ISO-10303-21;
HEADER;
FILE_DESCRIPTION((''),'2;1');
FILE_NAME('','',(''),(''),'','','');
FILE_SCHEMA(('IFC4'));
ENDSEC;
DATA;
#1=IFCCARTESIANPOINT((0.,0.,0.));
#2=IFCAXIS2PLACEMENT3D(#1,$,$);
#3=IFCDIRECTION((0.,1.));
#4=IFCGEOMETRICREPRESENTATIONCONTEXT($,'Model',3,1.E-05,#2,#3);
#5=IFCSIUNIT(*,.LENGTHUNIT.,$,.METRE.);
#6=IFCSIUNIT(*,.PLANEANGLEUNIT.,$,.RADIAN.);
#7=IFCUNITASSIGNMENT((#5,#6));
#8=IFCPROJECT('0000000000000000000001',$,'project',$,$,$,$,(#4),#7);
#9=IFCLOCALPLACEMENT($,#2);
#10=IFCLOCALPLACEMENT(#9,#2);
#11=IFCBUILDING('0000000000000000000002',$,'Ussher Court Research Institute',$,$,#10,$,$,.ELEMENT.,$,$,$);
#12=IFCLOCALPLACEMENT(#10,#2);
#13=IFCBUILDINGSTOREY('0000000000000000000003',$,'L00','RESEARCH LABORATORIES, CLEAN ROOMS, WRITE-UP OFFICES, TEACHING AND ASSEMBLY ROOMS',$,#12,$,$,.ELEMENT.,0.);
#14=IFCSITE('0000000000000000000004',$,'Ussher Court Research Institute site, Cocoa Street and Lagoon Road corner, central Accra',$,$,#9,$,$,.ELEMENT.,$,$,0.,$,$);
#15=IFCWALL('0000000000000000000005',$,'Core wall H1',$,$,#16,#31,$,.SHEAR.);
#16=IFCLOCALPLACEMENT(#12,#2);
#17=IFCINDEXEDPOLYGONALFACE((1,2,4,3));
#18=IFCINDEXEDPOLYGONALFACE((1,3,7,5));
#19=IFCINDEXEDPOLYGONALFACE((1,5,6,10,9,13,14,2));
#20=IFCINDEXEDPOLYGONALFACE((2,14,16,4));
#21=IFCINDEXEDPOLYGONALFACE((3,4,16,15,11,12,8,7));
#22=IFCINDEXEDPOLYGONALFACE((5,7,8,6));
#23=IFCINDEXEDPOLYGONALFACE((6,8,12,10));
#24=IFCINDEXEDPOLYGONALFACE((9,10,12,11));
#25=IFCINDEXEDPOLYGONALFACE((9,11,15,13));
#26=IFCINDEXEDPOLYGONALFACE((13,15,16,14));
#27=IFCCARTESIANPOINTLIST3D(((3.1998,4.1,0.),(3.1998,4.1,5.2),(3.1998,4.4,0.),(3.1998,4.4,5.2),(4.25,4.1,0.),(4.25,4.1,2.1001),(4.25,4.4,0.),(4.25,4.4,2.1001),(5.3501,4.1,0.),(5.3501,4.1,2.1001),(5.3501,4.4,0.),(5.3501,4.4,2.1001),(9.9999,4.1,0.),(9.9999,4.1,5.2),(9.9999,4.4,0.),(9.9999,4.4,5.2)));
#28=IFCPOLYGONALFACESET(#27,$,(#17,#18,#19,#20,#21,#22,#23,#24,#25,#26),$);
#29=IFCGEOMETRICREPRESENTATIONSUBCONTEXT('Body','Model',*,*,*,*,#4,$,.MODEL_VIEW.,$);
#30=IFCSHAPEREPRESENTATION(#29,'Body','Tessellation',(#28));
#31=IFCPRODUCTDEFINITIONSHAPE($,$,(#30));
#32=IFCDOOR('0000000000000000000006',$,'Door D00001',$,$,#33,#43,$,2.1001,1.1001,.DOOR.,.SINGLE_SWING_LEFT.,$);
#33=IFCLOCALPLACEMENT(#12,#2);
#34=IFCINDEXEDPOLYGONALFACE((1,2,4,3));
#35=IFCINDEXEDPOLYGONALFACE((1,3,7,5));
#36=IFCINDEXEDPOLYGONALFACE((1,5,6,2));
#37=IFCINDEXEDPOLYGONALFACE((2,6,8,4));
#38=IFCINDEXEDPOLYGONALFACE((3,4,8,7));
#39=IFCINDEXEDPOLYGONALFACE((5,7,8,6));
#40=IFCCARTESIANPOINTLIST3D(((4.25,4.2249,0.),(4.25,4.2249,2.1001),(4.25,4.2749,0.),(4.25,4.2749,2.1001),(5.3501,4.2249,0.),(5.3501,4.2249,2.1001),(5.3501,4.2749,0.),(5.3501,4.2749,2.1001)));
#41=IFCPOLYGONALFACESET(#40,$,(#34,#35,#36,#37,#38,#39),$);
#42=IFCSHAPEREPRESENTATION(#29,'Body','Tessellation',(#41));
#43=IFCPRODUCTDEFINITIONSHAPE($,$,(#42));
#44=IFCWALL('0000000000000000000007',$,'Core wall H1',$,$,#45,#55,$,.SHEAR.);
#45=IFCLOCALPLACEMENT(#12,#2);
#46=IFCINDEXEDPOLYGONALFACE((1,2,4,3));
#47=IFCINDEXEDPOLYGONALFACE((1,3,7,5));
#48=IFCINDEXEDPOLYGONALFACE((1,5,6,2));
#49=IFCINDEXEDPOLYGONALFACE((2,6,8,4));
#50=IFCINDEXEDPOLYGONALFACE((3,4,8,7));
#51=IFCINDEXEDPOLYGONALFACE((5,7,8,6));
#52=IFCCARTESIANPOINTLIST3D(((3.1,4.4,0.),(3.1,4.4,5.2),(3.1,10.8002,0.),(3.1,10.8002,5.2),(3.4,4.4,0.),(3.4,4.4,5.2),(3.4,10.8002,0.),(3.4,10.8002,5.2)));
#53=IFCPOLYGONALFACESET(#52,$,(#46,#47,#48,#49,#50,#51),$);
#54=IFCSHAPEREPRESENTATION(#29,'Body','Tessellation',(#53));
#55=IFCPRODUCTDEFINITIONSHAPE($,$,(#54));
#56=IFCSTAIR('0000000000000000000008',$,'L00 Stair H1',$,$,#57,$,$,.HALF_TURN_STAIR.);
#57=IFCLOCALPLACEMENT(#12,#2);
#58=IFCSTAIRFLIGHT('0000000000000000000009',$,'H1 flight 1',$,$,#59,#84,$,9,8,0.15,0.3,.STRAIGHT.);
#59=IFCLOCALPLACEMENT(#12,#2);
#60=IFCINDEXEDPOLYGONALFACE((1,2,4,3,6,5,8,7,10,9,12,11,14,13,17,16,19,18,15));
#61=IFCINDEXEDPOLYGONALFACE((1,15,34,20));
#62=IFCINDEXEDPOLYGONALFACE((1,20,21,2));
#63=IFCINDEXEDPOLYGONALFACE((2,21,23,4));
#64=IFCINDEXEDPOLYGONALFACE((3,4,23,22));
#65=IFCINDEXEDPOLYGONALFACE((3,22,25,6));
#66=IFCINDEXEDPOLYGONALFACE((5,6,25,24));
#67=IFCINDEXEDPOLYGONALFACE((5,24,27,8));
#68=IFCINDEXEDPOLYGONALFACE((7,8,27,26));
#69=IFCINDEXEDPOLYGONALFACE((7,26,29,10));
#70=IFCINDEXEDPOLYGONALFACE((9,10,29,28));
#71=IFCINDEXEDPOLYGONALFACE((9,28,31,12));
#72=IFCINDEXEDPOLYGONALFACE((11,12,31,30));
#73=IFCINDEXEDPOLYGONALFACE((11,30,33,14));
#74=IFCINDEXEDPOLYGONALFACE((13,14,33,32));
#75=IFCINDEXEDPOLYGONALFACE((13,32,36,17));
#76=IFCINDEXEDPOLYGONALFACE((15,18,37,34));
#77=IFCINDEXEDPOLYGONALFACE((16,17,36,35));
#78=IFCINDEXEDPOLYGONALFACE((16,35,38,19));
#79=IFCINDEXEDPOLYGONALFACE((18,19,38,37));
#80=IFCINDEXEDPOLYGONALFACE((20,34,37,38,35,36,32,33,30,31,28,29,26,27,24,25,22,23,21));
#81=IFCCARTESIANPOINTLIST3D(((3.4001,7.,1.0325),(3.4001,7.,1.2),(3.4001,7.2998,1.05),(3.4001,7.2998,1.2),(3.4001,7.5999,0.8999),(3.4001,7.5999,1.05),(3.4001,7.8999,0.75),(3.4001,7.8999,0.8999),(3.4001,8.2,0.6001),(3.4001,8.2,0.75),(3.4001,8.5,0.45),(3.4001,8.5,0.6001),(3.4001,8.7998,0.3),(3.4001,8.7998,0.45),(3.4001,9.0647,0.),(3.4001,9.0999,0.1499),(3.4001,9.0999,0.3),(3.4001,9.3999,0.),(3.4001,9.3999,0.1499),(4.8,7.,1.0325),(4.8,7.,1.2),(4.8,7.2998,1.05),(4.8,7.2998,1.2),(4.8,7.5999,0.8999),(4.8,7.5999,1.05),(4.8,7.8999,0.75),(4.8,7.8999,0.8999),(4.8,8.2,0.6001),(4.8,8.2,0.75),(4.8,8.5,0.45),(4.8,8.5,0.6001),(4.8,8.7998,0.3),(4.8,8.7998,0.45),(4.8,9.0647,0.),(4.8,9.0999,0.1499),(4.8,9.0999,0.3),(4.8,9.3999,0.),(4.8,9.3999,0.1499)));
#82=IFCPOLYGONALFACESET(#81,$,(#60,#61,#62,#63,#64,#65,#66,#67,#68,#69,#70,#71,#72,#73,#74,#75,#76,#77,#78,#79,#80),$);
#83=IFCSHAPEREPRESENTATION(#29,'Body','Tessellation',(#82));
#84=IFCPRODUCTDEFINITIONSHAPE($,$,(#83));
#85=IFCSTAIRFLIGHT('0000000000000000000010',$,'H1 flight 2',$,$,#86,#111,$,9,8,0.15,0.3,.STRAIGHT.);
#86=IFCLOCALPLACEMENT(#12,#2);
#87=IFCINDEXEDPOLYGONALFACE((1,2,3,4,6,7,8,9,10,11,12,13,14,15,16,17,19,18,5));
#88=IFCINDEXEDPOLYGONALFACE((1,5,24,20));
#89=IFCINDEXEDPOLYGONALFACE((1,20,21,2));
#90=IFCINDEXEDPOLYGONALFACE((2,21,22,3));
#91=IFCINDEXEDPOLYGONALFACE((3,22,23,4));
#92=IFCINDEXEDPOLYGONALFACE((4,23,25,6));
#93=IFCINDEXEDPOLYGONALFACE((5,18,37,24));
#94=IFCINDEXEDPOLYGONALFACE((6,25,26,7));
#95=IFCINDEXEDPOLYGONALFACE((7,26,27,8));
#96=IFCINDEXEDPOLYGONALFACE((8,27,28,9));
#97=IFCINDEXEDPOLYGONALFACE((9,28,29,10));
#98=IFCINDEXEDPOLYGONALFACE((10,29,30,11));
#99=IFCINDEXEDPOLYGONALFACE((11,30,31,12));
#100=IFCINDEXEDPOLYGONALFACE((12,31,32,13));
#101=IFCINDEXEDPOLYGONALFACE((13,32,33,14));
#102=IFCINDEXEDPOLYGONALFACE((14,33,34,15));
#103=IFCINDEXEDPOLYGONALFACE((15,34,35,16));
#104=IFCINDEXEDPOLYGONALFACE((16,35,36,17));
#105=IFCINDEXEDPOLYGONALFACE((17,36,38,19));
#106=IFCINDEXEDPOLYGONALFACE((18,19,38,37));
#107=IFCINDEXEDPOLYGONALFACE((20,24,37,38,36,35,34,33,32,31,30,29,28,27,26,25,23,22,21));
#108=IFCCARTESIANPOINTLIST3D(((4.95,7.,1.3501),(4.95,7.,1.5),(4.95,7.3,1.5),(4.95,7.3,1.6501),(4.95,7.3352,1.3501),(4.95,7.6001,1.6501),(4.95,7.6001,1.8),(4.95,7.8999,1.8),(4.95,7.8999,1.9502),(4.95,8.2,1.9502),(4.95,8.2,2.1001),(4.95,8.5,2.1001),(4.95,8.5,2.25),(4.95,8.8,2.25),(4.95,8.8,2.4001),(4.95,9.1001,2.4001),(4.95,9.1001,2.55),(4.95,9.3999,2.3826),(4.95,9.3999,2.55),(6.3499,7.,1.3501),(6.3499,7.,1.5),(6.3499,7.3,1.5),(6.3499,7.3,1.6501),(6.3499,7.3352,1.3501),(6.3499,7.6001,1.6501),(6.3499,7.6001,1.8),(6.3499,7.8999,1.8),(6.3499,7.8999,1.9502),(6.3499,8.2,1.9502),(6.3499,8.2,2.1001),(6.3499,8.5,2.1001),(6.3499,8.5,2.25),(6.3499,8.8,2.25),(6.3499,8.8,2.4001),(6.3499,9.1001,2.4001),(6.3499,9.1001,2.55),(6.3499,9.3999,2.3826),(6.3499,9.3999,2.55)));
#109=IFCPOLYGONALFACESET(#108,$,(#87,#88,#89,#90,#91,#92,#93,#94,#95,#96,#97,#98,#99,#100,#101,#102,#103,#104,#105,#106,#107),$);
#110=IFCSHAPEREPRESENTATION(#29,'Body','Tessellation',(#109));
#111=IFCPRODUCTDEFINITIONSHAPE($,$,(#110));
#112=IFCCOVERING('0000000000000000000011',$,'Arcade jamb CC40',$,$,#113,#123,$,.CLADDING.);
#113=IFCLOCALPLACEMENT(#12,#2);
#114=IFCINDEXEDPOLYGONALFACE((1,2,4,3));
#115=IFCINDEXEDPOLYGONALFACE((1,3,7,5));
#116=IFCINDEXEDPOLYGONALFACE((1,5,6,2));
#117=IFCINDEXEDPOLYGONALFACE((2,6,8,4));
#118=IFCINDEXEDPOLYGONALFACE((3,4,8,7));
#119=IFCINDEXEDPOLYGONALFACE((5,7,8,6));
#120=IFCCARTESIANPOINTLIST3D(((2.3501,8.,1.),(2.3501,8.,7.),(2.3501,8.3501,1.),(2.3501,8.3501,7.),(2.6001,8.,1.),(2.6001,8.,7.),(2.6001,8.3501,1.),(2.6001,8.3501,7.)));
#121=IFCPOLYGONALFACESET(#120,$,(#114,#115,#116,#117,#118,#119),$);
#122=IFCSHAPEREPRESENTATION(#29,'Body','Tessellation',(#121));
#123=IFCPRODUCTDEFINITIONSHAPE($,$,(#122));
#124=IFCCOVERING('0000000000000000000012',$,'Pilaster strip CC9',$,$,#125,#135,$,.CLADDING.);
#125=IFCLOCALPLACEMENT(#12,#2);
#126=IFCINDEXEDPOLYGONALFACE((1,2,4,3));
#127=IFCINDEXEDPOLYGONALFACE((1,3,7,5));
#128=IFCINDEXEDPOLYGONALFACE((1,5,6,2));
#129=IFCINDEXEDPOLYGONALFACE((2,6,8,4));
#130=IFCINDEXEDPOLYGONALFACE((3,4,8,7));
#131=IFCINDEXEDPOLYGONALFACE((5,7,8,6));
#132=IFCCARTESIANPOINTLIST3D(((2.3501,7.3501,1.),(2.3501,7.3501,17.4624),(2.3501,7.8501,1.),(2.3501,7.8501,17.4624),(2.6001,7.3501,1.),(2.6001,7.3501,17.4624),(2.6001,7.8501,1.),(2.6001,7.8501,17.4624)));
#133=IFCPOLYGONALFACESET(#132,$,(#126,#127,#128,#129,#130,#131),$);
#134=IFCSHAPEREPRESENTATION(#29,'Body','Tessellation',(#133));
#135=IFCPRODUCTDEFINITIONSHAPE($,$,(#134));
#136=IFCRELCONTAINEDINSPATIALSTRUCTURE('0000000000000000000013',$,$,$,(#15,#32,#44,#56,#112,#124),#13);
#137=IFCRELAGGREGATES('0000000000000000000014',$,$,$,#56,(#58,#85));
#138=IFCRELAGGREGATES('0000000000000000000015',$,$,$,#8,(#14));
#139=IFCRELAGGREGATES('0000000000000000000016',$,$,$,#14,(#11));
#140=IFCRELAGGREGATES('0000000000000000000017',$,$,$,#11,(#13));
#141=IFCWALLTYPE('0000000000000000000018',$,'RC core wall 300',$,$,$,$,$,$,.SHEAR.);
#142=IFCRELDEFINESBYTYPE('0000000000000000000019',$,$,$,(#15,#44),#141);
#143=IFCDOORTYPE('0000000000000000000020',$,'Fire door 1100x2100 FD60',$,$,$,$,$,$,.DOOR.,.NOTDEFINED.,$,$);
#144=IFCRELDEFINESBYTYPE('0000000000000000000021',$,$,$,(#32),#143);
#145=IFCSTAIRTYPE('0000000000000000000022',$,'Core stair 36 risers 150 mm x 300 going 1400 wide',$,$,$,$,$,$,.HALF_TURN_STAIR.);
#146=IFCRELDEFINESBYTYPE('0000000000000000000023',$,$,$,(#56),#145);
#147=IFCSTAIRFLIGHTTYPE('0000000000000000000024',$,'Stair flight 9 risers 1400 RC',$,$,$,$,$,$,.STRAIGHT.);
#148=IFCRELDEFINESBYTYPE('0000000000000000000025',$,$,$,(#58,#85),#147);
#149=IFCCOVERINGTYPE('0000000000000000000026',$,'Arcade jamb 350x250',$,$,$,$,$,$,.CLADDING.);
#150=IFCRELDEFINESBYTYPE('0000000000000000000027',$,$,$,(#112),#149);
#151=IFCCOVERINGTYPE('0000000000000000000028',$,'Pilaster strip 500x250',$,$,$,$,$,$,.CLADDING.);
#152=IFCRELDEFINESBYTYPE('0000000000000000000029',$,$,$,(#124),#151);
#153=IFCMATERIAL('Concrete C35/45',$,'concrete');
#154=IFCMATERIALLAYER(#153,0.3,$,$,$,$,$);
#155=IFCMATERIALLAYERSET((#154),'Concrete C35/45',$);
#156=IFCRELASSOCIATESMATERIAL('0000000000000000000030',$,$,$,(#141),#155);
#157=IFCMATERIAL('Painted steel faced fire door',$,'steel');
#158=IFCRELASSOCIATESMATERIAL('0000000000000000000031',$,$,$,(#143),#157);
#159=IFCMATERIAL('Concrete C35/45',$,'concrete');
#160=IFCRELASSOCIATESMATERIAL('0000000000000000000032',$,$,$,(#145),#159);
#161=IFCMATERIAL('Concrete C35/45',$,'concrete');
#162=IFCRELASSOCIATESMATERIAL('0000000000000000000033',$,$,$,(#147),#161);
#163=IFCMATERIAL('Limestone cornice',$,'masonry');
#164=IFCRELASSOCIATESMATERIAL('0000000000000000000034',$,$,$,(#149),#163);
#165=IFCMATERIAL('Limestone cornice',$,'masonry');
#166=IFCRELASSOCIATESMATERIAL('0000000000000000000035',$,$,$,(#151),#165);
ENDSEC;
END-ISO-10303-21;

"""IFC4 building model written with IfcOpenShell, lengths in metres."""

from ifc_helpers import new_model, si_unit, direction, frame, frame_2d, origin, origin_2d, place, context, subcontext, project, spatial, polyline, rectangle, outline, extrude, material, layer, layer_set, type_object, element, fill, aggregate, save


model = new_model("IFC4")

# Units and contexts
model_context = context("Model", 3, precision=1e-05, world=origin(), true_north=direction((0.0, 1.0)))
body_context = subcontext(model_context, "Body", "Model", "MODEL_VIEW")
ifc_project = project(units=[si_unit("LENGTHUNIT", "METRE"), si_unit("PLANEANGLEUNIT", "RADIAN")], contexts=[model_context])

# Site, building, storey
site_placement = place(None, origin())
site = spatial("IfcSite", under=ifc_project, at=site_placement, Name="Ussher Court Research Institute site, Cocoa Street and Lagoon Road corner, central Accra", CompositionType="ELEMENT", RefElevation=0.0)
building_placement = place(site_placement, origin())
building = spatial("IfcBuilding", under=site, at=building_placement, Name="Ussher Court Research Institute", CompositionType="ELEMENT")
storey_placement = place(building_placement, origin())
storey = spatial("IfcBuildingStorey", under=building, at=storey_placement, Name="L00", Description="RESEARCH LABORATORIES, CLEAN ROOMS, WRITE-UP OFFICES, TEACHING AND ASSEMBLY ROOMS", CompositionType="ELEMENT", Elevation=0.0)

# Wall, opening, door
ifc_material_1 = material(Name="Concrete C35/45", Category="concrete")
ifc_layer_1 = layer(ifc_material_1, 0.3)
ifc_layer_set_1 = layer_set([ifc_layer_1], Name="Concrete C35/45")
wall_type_1 = type_object("IfcWallType", Name="RC core wall 300", PredefinedType="SHEAR", material=ifc_layer_set_1)
wall_1_placement = place(storey_placement, frame((3.2, 4.25, 0.0), z_axis=(0.0, 0.0, 1.0), x_axis=(1.0, 0.0, 0.0)))
wall_1 = element("IfcWall", 1, at=wall_1_placement, inside=storey, type_object=wall_type_1, Name="Core wall H1", PredefinedType="SHEAR", context=body_context, shape_type="SweptSolid", body=[
    extrude(rectangle(XDim=6.8, YDim=0.3, at=frame_2d((3.3999, 0.0))), origin(), (0.0, 0.0, 1.0), 5.2),
])
opening_1_placement = place(wall_1_placement, frame((1.05, 0.0, 0.0)))
opening_1 = element("IfcOpeningElement", 2, at=opening_1_placement, cuts=wall_1, PredefinedType="OPENING", context=body_context, shape_type="SweptSolid", body=[
    extrude(rectangle(XDim=1.1001, YDim=2.1001, at=frame_2d((0.55, 1.05))), frame((0.0, 0.1602, 0.0), z_axis=(0.0, -1.0, 0.0), x_axis=(1.0, 0.0, 0.0)), (0.0, 0.0, 1.0), 0.3201),
])
ifc_material_2 = material(Name="Painted steel faced fire door", Category="steel")
door_type_1 = type_object("IfcDoorType", Name="Fire door 1100x2100 FD60", OperationType="NOTDEFINED", PredefinedType="DOOR", material=ifc_material_2)
door_1_placement = place(opening_1_placement, origin())
door_1 = element("IfcDoor", 3, at=door_1_placement, inside=storey, type_object=door_type_1, Name="Door D00001", OperationType="SINGLE_SWING_LEFT", OverallHeight=2.1001, OverallWidth=1.1001, PredefinedType="DOOR", context=body_context, shape_type="SweptSolid", body=[
    extrude(rectangle(XDim=1.1001, YDim=2.1001, at=frame_2d((0.55, 1.05))), frame((0.0, 0.0249, 0.0), z_axis=(0.0, -1.0, 0.0), x_axis=(1.0, 0.0, 0.0)), (0.0, 0.0, 1.0), 0.05),
])
fill(opening_1, door_1)

# Wall
wall_2_placement = place(storey_placement, frame((3.25, 4.3999, 0.0), z_axis=(0.0, 0.0, 1.0), x_axis=(0.0, 1.0, 0.0)))
element("IfcWall", 4, at=wall_2_placement, inside=storey, type_object=wall_type_1, Name="Core wall H1", PredefinedType="SHEAR", context=body_context, shape_type="SweptSolid", body=[
    extrude(rectangle(XDim=6.4001, YDim=0.3, at=frame_2d((3.2002, 0.0))), origin(), (0.0, 0.0, 1.0), 5.2),
])

# Stair, stair flights
ifc_material_3 = material(Name="Concrete C35/45", Category="concrete")
stair_type_1 = type_object("IfcStairType", Name="Core stair 36 risers 150 mm x 300 going 1400 wide", PredefinedType="HALF_TURN_STAIR", material=ifc_material_3)
stair_1_placement = place(storey_placement, origin())
stair_1 = element("IfcStair", 5, at=stair_1_placement, inside=storey, type_object=stair_type_1, Name="L00 Stair H1", PredefinedType="HALF_TURN_STAIR")
ifc_material_4 = material(Name="Concrete C35/45", Category="concrete")
stair_flight_type = type_object("IfcStairFlightType", Name="Stair flight 9 risers 1400 RC", PredefinedType="STRAIGHT", material=ifc_material_4)
stair_flight_1_placement = place(storey_placement, frame((4.1001, 9.3999, 0.0), z_axis=(0.0, 0.0, 1.0), x_axis=(0.0, -1.0, 0.0)))
stair_flight_1 = element("IfcStairFlight", 6, at=stair_flight_1_placement, type_object=stair_flight_type, Name="H1 flight 1", NumberOfRisers=9, NumberOfTreads=8, PredefinedType="STRAIGHT", RiserHeight=0.15, TreadLength=0.3, context=body_context, shape_type="SweptSolid", body=[
    extrude(outline(polyline([(0.0, 0.0), (0.0, 0.1499), (0.3, 0.1499), (0.3, 0.3), (0.6001, 0.3), (0.6001, 0.45), (0.8999, 0.45), (0.8999, 0.6001), (1.2, 0.6001), (1.2, 0.75), (1.5, 0.75), (1.5, 0.8999), (1.8, 0.8999), (1.8, 1.05), (2.1001, 1.05), (2.1001, 1.2), (2.3999, 1.2), (2.3999, 1.3501), (2.3999, 1.0325), (0.3352, 0.0), (0.0, 0.0)])), frame((0.0, 0.7, 0.0), z_axis=(0.0, -1.0, 0.0), x_axis=(1.0, 0.0, 0.0)), (0.0, 0.0, 1.0), 1.3999),
])
stair_flight_2_placement = place(storey_placement, frame((5.6499, 7.0, 1.3501), z_axis=(0.0, 0.0, 1.0), x_axis=(0.0, 1.0, 0.0)))
stair_flight_2 = element("IfcStairFlight", 7, at=stair_flight_2_placement, type_object=stair_flight_type, Name="H1 flight 2", NumberOfRisers=9, NumberOfTreads=8, PredefinedType="STRAIGHT", RiserHeight=0.15, TreadLength=0.3, context=body_context, shape_type="SweptSolid", body=[
    extrude(outline(polyline([(0.0, 0.0), (0.0, 0.1499), (0.3, 0.1499), (0.3, 0.3), (0.6001, 0.3), (0.6001, 0.45), (0.8999, 0.45), (0.8999, 0.6001), (1.2, 0.6001), (1.2, 0.75), (1.5, 0.75), (1.5, 0.8999), (1.8, 0.8999), (1.8, 1.05), (2.1001, 1.05), (2.1001, 1.2), (2.3999, 1.2), (2.3999, 1.3501), (2.3999, 1.0325), (0.3352, 0.0), (0.0, 0.0)])), frame((0.0, 0.7, 0.0), z_axis=(0.0, -1.0, 0.0), x_axis=(1.0, 0.0, 0.0)), (0.0, 0.0, 1.0), 1.3999),
])
aggregate(stair_1, [stair_flight_1, stair_flight_2])

# Coverings
ifc_material_5 = material(Name="Limestone cornice", Category="masonry")
covering_type_1 = type_object("IfcCoveringType", Name="Arcade jamb 350x250", PredefinedType="CLADDING", material=ifc_material_5)
covering_1_placement = place(storey_placement, frame((2.4751, 8.175, 1.0), z_axis=(0.0, 0.0, 1.0), x_axis=(1.0, 0.0, 0.0)))
element("IfcCovering", 8, at=covering_1_placement, inside=storey, type_object=covering_type_1, Name="Arcade jamb CC40", PredefinedType="CLADDING", context=body_context, shape_type="SweptSolid", body=[
    extrude(rectangle(XDim=0.25, YDim=0.3501, at=origin_2d()), origin(), (0.0, 0.0, 1.0), 6.0),
])
ifc_material_6 = material(Name="Limestone cornice", Category="masonry")
covering_type_2 = type_object("IfcCoveringType", Name="Pilaster strip 500x250", PredefinedType="CLADDING", material=ifc_material_6)
covering_2_placement = place(storey_placement, frame((2.4751, 7.6001, 1.0), z_axis=(0.0, 0.0, 1.0), x_axis=(1.0, 0.0, 0.0)))
element("IfcCovering", 9, at=covering_2_placement, inside=storey, type_object=covering_type_2, Name="Pilaster strip CC9", PredefinedType="CLADDING", context=body_context, shape_type="SweptSolid", body=[
    extrude(rectangle(XDim=0.25, YDim=0.5, at=origin_2d()), origin(), (0.0, 0.0, 1.0), 16.4624),
])

save(model, "model.ifc")
